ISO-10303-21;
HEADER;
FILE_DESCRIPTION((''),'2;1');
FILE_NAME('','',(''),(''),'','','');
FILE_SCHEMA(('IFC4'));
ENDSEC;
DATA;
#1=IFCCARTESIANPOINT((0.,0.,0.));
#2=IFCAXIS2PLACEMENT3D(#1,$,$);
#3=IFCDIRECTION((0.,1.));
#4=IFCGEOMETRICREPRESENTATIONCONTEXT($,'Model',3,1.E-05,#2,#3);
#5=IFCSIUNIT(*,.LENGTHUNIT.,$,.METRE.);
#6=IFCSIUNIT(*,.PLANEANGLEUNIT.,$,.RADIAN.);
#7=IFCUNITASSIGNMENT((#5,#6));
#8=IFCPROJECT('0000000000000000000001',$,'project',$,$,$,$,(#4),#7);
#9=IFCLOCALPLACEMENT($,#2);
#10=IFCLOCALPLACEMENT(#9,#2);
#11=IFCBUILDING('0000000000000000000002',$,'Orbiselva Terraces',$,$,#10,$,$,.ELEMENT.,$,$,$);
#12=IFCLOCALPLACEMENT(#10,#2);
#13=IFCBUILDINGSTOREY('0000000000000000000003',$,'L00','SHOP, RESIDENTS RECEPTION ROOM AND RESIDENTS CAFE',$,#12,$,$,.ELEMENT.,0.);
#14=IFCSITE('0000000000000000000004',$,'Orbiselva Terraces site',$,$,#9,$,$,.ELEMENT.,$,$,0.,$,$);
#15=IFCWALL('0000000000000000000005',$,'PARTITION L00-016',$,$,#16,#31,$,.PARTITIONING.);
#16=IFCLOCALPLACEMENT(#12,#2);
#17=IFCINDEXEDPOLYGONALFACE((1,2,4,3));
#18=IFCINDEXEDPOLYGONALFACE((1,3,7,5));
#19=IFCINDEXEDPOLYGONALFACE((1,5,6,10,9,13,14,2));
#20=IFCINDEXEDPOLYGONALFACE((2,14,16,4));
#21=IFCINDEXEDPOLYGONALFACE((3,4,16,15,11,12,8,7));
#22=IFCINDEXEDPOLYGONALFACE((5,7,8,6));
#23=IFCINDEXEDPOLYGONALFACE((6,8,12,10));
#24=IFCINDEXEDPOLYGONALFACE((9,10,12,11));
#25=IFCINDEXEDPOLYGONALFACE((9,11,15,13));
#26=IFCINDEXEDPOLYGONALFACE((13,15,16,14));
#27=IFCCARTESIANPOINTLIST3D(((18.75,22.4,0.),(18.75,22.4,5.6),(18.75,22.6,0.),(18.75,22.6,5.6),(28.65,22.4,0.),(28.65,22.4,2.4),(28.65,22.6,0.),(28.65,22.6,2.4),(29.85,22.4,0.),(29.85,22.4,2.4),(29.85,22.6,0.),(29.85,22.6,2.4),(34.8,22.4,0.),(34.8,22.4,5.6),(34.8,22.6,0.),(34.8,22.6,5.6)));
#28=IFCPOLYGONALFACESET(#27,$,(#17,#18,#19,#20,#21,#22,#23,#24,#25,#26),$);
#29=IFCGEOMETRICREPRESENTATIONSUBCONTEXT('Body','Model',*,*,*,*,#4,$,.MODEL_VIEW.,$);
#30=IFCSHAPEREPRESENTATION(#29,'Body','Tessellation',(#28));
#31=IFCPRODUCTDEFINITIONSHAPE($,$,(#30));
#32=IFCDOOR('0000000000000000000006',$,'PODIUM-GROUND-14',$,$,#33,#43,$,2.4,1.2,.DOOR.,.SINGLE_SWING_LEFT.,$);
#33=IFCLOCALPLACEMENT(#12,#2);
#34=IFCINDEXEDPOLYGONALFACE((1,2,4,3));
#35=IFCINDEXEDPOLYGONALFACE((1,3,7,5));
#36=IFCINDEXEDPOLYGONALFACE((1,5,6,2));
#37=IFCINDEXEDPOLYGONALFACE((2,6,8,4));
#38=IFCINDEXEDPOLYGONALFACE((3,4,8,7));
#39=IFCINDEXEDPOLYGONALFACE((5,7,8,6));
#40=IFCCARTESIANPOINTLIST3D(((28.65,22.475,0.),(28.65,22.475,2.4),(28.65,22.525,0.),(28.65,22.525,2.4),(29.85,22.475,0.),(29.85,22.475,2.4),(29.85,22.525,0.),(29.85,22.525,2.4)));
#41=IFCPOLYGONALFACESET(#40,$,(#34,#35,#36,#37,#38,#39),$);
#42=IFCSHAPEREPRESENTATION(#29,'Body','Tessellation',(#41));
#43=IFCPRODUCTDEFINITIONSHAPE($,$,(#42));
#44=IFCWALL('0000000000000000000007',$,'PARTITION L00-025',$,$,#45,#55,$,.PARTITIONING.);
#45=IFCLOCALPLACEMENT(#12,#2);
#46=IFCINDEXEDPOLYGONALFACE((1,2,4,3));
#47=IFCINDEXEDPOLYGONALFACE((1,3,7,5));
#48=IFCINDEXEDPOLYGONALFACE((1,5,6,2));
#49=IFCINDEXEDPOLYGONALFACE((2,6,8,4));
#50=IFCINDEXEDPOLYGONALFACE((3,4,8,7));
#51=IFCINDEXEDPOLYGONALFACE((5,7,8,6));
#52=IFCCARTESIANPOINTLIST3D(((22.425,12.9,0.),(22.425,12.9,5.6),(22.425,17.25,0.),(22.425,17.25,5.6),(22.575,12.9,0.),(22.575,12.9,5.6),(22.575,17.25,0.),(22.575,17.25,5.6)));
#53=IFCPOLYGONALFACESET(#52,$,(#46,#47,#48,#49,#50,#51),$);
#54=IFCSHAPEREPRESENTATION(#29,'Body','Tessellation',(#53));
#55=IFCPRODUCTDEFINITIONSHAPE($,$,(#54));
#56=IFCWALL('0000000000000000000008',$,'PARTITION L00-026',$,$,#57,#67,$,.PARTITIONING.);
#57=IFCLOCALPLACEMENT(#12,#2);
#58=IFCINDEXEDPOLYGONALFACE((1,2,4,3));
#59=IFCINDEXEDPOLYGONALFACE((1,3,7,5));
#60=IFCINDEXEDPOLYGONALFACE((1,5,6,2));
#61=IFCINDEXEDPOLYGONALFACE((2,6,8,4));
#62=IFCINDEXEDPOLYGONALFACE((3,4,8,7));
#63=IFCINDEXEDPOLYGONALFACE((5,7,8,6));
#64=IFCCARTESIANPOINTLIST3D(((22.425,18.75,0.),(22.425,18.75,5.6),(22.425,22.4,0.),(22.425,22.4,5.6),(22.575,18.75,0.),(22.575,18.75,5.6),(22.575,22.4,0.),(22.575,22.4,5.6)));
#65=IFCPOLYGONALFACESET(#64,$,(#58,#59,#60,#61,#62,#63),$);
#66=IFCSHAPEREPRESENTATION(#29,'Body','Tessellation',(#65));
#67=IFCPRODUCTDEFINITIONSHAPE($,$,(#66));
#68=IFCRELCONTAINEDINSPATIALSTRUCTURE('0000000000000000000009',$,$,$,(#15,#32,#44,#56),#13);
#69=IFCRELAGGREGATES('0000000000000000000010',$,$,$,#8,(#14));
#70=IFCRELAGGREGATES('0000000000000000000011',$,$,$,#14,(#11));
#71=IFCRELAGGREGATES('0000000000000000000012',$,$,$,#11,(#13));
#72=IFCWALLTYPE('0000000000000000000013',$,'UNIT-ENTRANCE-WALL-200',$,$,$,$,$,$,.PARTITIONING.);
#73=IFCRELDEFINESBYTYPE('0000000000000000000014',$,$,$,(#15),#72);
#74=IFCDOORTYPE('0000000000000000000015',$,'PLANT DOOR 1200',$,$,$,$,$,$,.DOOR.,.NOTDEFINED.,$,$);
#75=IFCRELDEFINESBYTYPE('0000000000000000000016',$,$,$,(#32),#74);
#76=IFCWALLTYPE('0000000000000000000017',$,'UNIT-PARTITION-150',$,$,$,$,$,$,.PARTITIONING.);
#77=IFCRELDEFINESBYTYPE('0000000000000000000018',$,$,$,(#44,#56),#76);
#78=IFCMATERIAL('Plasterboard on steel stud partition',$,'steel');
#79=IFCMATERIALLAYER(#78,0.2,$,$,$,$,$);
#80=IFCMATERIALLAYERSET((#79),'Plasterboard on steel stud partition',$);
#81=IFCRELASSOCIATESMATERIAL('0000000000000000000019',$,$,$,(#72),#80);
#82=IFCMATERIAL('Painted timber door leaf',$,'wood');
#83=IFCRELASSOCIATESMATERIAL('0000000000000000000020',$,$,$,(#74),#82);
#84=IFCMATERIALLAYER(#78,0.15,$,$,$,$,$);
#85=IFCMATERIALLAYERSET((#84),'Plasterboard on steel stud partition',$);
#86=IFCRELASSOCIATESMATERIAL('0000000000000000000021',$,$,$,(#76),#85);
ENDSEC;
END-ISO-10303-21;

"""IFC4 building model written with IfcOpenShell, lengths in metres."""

from ifc_helpers import new_model, si_unit, direction, frame, frame_2d, origin, place, context, subcontext, project, spatial, rectangle, extrude, material, layer, layer_set, type_object, element, fill, save


model = new_model("IFC4")

# Units and contexts
model_context = context("Model", 3, precision=1e-05, world=origin(), true_north=direction((0.0, 1.0)))
body_context = subcontext(model_context, "Body", "Model", "MODEL_VIEW")
ifc_project = project(units=[si_unit("LENGTHUNIT", "METRE"), si_unit("PLANEANGLEUNIT", "RADIAN")], contexts=[model_context])

# Site, building, storey
site_placement = place(None, origin())
site = spatial("IfcSite", under=ifc_project, at=site_placement, Name="Orbiselva Terraces site", CompositionType="ELEMENT", RefElevation=0.0)
building_placement = place(site_placement, origin())
building = spatial("IfcBuilding", under=site, at=building_placement, Name="Orbiselva Terraces", CompositionType="ELEMENT")
storey_placement = place(building_placement, origin())
storey = spatial("IfcBuildingStorey", under=building, at=storey_placement, Name="L00", Description="SHOP, RESIDENTS RECEPTION ROOM AND RESIDENTS CAFE", CompositionType="ELEMENT", Elevation=0.0)

# Wall, opening, door
ifc_material_1 = material(Name="Plasterboard on steel stud partition", Category="steel")
ifc_layer_1 = layer(ifc_material_1, 0.2)
ifc_layer_set_1 = layer_set([ifc_layer_1], Name="Plasterboard on steel stud partition")
wall_type_1 = type_object("IfcWallType", Name="UNIT-ENTRANCE-WALL-200", PredefinedType="PARTITIONING", material=ifc_layer_set_1)
ifc_material_2 = material(Name="Painted timber door leaf", Category="wood")
door_type_1 = type_object("IfcDoorType", Name="PLANT DOOR 1200", OperationType="NOTDEFINED", PredefinedType="DOOR", material=ifc_material_2)
wall_1_placement = place(storey_placement, frame((34.8, 22.5, 0.0), z_axis=(0.0, 0.0, 1.0), x_axis=(-1.0, 0.0, 0.0)))
wall_1 = element("IfcWall", 1, at=wall_1_placement, inside=storey, type_object=wall_type_1, Name="PARTITION L00-016", PredefinedType="PARTITIONING", context=body_context, shape_type="SweptSolid", body=[
    extrude(rectangle(XDim=16.05, YDim=0.2, at=frame_2d((8.025, 0.0))), origin(), (0.0, 0.0, 1.0), 5.6),
])
opening_1_placement = place(wall_1_placement, frame((4.95, 0.0, 0.0)))
opening_1 = element("IfcOpeningElement", 2, at=opening_1_placement, cuts=wall_1, PredefinedType="OPENING", context=body_context, shape_type="SweptSolid", body=[
    extrude(rectangle(XDim=1.2, YDim=2.4, at=frame_2d((0.6, 1.2))), frame((0.0, 0.11, 0.0), z_axis=(0.0, -1.0, 0.0), x_axis=(1.0, 0.0, 0.0)), (0.0, 0.0, 1.0), 0.22),
])
door_1_placement = place(opening_1_placement, origin())
door_1 = element("IfcDoor", 3, at=door_1_placement, inside=storey, type_object=door_type_1, Name="PODIUM-GROUND-14", OperationType="SINGLE_SWING_LEFT", OverallHeight=2.4, OverallWidth=1.2, PredefinedType="DOOR", context=body_context, shape_type="SweptSolid", body=[
    extrude(rectangle(XDim=1.2, YDim=2.4, at=frame_2d((0.6, 1.2))), frame((0.0, 0.025, 0.0), z_axis=(0.0, -1.0, 0.0), x_axis=(1.0, 0.0, 0.0)), (0.0, 0.0, 1.0), 0.05),
])
fill(opening_1, door_1)

# Walls
ifc_layer_2 = layer(ifc_material_1, 0.15)
ifc_layer_set_2 = layer_set([ifc_layer_2], Name="Plasterboard on steel stud partition")
wall_type_2 = type_object("IfcWallType", Name="UNIT-PARTITION-150", PredefinedType="PARTITIONING", material=ifc_layer_set_2)
wall_2_placement = place(storey_placement, frame((22.5, 12.9, 0.0), z_axis=(0.0, 0.0, 1.0), x_axis=(0.0, 1.0, 0.0)))
element("IfcWall", 4, at=wall_2_placement, inside=storey, type_object=wall_type_2, Name="PARTITION L00-025", PredefinedType="PARTITIONING", context=body_context, shape_type="SweptSolid", body=[
    extrude(rectangle(XDim=4.35, YDim=0.15, at=frame_2d((2.175, 0.0))), origin(), (0.0, 0.0, 1.0), 5.6),
])
wall_3_placement = place(storey_placement, frame((22.5, 18.75, 0.0), z_axis=(0.0, 0.0, 1.0), x_axis=(0.0, 1.0, 0.0)))
element("IfcWall", 5, at=wall_3_placement, inside=storey, type_object=wall_type_2, Name="PARTITION L00-026", PredefinedType="PARTITIONING", context=body_context, shape_type="SweptSolid", body=[
    extrude(rectangle(XDim=3.65, YDim=0.15, at=frame_2d((1.825, 0.0))), origin(), (0.0, 0.0, 1.0), 5.6),
])

save(model, "model.ifc")
